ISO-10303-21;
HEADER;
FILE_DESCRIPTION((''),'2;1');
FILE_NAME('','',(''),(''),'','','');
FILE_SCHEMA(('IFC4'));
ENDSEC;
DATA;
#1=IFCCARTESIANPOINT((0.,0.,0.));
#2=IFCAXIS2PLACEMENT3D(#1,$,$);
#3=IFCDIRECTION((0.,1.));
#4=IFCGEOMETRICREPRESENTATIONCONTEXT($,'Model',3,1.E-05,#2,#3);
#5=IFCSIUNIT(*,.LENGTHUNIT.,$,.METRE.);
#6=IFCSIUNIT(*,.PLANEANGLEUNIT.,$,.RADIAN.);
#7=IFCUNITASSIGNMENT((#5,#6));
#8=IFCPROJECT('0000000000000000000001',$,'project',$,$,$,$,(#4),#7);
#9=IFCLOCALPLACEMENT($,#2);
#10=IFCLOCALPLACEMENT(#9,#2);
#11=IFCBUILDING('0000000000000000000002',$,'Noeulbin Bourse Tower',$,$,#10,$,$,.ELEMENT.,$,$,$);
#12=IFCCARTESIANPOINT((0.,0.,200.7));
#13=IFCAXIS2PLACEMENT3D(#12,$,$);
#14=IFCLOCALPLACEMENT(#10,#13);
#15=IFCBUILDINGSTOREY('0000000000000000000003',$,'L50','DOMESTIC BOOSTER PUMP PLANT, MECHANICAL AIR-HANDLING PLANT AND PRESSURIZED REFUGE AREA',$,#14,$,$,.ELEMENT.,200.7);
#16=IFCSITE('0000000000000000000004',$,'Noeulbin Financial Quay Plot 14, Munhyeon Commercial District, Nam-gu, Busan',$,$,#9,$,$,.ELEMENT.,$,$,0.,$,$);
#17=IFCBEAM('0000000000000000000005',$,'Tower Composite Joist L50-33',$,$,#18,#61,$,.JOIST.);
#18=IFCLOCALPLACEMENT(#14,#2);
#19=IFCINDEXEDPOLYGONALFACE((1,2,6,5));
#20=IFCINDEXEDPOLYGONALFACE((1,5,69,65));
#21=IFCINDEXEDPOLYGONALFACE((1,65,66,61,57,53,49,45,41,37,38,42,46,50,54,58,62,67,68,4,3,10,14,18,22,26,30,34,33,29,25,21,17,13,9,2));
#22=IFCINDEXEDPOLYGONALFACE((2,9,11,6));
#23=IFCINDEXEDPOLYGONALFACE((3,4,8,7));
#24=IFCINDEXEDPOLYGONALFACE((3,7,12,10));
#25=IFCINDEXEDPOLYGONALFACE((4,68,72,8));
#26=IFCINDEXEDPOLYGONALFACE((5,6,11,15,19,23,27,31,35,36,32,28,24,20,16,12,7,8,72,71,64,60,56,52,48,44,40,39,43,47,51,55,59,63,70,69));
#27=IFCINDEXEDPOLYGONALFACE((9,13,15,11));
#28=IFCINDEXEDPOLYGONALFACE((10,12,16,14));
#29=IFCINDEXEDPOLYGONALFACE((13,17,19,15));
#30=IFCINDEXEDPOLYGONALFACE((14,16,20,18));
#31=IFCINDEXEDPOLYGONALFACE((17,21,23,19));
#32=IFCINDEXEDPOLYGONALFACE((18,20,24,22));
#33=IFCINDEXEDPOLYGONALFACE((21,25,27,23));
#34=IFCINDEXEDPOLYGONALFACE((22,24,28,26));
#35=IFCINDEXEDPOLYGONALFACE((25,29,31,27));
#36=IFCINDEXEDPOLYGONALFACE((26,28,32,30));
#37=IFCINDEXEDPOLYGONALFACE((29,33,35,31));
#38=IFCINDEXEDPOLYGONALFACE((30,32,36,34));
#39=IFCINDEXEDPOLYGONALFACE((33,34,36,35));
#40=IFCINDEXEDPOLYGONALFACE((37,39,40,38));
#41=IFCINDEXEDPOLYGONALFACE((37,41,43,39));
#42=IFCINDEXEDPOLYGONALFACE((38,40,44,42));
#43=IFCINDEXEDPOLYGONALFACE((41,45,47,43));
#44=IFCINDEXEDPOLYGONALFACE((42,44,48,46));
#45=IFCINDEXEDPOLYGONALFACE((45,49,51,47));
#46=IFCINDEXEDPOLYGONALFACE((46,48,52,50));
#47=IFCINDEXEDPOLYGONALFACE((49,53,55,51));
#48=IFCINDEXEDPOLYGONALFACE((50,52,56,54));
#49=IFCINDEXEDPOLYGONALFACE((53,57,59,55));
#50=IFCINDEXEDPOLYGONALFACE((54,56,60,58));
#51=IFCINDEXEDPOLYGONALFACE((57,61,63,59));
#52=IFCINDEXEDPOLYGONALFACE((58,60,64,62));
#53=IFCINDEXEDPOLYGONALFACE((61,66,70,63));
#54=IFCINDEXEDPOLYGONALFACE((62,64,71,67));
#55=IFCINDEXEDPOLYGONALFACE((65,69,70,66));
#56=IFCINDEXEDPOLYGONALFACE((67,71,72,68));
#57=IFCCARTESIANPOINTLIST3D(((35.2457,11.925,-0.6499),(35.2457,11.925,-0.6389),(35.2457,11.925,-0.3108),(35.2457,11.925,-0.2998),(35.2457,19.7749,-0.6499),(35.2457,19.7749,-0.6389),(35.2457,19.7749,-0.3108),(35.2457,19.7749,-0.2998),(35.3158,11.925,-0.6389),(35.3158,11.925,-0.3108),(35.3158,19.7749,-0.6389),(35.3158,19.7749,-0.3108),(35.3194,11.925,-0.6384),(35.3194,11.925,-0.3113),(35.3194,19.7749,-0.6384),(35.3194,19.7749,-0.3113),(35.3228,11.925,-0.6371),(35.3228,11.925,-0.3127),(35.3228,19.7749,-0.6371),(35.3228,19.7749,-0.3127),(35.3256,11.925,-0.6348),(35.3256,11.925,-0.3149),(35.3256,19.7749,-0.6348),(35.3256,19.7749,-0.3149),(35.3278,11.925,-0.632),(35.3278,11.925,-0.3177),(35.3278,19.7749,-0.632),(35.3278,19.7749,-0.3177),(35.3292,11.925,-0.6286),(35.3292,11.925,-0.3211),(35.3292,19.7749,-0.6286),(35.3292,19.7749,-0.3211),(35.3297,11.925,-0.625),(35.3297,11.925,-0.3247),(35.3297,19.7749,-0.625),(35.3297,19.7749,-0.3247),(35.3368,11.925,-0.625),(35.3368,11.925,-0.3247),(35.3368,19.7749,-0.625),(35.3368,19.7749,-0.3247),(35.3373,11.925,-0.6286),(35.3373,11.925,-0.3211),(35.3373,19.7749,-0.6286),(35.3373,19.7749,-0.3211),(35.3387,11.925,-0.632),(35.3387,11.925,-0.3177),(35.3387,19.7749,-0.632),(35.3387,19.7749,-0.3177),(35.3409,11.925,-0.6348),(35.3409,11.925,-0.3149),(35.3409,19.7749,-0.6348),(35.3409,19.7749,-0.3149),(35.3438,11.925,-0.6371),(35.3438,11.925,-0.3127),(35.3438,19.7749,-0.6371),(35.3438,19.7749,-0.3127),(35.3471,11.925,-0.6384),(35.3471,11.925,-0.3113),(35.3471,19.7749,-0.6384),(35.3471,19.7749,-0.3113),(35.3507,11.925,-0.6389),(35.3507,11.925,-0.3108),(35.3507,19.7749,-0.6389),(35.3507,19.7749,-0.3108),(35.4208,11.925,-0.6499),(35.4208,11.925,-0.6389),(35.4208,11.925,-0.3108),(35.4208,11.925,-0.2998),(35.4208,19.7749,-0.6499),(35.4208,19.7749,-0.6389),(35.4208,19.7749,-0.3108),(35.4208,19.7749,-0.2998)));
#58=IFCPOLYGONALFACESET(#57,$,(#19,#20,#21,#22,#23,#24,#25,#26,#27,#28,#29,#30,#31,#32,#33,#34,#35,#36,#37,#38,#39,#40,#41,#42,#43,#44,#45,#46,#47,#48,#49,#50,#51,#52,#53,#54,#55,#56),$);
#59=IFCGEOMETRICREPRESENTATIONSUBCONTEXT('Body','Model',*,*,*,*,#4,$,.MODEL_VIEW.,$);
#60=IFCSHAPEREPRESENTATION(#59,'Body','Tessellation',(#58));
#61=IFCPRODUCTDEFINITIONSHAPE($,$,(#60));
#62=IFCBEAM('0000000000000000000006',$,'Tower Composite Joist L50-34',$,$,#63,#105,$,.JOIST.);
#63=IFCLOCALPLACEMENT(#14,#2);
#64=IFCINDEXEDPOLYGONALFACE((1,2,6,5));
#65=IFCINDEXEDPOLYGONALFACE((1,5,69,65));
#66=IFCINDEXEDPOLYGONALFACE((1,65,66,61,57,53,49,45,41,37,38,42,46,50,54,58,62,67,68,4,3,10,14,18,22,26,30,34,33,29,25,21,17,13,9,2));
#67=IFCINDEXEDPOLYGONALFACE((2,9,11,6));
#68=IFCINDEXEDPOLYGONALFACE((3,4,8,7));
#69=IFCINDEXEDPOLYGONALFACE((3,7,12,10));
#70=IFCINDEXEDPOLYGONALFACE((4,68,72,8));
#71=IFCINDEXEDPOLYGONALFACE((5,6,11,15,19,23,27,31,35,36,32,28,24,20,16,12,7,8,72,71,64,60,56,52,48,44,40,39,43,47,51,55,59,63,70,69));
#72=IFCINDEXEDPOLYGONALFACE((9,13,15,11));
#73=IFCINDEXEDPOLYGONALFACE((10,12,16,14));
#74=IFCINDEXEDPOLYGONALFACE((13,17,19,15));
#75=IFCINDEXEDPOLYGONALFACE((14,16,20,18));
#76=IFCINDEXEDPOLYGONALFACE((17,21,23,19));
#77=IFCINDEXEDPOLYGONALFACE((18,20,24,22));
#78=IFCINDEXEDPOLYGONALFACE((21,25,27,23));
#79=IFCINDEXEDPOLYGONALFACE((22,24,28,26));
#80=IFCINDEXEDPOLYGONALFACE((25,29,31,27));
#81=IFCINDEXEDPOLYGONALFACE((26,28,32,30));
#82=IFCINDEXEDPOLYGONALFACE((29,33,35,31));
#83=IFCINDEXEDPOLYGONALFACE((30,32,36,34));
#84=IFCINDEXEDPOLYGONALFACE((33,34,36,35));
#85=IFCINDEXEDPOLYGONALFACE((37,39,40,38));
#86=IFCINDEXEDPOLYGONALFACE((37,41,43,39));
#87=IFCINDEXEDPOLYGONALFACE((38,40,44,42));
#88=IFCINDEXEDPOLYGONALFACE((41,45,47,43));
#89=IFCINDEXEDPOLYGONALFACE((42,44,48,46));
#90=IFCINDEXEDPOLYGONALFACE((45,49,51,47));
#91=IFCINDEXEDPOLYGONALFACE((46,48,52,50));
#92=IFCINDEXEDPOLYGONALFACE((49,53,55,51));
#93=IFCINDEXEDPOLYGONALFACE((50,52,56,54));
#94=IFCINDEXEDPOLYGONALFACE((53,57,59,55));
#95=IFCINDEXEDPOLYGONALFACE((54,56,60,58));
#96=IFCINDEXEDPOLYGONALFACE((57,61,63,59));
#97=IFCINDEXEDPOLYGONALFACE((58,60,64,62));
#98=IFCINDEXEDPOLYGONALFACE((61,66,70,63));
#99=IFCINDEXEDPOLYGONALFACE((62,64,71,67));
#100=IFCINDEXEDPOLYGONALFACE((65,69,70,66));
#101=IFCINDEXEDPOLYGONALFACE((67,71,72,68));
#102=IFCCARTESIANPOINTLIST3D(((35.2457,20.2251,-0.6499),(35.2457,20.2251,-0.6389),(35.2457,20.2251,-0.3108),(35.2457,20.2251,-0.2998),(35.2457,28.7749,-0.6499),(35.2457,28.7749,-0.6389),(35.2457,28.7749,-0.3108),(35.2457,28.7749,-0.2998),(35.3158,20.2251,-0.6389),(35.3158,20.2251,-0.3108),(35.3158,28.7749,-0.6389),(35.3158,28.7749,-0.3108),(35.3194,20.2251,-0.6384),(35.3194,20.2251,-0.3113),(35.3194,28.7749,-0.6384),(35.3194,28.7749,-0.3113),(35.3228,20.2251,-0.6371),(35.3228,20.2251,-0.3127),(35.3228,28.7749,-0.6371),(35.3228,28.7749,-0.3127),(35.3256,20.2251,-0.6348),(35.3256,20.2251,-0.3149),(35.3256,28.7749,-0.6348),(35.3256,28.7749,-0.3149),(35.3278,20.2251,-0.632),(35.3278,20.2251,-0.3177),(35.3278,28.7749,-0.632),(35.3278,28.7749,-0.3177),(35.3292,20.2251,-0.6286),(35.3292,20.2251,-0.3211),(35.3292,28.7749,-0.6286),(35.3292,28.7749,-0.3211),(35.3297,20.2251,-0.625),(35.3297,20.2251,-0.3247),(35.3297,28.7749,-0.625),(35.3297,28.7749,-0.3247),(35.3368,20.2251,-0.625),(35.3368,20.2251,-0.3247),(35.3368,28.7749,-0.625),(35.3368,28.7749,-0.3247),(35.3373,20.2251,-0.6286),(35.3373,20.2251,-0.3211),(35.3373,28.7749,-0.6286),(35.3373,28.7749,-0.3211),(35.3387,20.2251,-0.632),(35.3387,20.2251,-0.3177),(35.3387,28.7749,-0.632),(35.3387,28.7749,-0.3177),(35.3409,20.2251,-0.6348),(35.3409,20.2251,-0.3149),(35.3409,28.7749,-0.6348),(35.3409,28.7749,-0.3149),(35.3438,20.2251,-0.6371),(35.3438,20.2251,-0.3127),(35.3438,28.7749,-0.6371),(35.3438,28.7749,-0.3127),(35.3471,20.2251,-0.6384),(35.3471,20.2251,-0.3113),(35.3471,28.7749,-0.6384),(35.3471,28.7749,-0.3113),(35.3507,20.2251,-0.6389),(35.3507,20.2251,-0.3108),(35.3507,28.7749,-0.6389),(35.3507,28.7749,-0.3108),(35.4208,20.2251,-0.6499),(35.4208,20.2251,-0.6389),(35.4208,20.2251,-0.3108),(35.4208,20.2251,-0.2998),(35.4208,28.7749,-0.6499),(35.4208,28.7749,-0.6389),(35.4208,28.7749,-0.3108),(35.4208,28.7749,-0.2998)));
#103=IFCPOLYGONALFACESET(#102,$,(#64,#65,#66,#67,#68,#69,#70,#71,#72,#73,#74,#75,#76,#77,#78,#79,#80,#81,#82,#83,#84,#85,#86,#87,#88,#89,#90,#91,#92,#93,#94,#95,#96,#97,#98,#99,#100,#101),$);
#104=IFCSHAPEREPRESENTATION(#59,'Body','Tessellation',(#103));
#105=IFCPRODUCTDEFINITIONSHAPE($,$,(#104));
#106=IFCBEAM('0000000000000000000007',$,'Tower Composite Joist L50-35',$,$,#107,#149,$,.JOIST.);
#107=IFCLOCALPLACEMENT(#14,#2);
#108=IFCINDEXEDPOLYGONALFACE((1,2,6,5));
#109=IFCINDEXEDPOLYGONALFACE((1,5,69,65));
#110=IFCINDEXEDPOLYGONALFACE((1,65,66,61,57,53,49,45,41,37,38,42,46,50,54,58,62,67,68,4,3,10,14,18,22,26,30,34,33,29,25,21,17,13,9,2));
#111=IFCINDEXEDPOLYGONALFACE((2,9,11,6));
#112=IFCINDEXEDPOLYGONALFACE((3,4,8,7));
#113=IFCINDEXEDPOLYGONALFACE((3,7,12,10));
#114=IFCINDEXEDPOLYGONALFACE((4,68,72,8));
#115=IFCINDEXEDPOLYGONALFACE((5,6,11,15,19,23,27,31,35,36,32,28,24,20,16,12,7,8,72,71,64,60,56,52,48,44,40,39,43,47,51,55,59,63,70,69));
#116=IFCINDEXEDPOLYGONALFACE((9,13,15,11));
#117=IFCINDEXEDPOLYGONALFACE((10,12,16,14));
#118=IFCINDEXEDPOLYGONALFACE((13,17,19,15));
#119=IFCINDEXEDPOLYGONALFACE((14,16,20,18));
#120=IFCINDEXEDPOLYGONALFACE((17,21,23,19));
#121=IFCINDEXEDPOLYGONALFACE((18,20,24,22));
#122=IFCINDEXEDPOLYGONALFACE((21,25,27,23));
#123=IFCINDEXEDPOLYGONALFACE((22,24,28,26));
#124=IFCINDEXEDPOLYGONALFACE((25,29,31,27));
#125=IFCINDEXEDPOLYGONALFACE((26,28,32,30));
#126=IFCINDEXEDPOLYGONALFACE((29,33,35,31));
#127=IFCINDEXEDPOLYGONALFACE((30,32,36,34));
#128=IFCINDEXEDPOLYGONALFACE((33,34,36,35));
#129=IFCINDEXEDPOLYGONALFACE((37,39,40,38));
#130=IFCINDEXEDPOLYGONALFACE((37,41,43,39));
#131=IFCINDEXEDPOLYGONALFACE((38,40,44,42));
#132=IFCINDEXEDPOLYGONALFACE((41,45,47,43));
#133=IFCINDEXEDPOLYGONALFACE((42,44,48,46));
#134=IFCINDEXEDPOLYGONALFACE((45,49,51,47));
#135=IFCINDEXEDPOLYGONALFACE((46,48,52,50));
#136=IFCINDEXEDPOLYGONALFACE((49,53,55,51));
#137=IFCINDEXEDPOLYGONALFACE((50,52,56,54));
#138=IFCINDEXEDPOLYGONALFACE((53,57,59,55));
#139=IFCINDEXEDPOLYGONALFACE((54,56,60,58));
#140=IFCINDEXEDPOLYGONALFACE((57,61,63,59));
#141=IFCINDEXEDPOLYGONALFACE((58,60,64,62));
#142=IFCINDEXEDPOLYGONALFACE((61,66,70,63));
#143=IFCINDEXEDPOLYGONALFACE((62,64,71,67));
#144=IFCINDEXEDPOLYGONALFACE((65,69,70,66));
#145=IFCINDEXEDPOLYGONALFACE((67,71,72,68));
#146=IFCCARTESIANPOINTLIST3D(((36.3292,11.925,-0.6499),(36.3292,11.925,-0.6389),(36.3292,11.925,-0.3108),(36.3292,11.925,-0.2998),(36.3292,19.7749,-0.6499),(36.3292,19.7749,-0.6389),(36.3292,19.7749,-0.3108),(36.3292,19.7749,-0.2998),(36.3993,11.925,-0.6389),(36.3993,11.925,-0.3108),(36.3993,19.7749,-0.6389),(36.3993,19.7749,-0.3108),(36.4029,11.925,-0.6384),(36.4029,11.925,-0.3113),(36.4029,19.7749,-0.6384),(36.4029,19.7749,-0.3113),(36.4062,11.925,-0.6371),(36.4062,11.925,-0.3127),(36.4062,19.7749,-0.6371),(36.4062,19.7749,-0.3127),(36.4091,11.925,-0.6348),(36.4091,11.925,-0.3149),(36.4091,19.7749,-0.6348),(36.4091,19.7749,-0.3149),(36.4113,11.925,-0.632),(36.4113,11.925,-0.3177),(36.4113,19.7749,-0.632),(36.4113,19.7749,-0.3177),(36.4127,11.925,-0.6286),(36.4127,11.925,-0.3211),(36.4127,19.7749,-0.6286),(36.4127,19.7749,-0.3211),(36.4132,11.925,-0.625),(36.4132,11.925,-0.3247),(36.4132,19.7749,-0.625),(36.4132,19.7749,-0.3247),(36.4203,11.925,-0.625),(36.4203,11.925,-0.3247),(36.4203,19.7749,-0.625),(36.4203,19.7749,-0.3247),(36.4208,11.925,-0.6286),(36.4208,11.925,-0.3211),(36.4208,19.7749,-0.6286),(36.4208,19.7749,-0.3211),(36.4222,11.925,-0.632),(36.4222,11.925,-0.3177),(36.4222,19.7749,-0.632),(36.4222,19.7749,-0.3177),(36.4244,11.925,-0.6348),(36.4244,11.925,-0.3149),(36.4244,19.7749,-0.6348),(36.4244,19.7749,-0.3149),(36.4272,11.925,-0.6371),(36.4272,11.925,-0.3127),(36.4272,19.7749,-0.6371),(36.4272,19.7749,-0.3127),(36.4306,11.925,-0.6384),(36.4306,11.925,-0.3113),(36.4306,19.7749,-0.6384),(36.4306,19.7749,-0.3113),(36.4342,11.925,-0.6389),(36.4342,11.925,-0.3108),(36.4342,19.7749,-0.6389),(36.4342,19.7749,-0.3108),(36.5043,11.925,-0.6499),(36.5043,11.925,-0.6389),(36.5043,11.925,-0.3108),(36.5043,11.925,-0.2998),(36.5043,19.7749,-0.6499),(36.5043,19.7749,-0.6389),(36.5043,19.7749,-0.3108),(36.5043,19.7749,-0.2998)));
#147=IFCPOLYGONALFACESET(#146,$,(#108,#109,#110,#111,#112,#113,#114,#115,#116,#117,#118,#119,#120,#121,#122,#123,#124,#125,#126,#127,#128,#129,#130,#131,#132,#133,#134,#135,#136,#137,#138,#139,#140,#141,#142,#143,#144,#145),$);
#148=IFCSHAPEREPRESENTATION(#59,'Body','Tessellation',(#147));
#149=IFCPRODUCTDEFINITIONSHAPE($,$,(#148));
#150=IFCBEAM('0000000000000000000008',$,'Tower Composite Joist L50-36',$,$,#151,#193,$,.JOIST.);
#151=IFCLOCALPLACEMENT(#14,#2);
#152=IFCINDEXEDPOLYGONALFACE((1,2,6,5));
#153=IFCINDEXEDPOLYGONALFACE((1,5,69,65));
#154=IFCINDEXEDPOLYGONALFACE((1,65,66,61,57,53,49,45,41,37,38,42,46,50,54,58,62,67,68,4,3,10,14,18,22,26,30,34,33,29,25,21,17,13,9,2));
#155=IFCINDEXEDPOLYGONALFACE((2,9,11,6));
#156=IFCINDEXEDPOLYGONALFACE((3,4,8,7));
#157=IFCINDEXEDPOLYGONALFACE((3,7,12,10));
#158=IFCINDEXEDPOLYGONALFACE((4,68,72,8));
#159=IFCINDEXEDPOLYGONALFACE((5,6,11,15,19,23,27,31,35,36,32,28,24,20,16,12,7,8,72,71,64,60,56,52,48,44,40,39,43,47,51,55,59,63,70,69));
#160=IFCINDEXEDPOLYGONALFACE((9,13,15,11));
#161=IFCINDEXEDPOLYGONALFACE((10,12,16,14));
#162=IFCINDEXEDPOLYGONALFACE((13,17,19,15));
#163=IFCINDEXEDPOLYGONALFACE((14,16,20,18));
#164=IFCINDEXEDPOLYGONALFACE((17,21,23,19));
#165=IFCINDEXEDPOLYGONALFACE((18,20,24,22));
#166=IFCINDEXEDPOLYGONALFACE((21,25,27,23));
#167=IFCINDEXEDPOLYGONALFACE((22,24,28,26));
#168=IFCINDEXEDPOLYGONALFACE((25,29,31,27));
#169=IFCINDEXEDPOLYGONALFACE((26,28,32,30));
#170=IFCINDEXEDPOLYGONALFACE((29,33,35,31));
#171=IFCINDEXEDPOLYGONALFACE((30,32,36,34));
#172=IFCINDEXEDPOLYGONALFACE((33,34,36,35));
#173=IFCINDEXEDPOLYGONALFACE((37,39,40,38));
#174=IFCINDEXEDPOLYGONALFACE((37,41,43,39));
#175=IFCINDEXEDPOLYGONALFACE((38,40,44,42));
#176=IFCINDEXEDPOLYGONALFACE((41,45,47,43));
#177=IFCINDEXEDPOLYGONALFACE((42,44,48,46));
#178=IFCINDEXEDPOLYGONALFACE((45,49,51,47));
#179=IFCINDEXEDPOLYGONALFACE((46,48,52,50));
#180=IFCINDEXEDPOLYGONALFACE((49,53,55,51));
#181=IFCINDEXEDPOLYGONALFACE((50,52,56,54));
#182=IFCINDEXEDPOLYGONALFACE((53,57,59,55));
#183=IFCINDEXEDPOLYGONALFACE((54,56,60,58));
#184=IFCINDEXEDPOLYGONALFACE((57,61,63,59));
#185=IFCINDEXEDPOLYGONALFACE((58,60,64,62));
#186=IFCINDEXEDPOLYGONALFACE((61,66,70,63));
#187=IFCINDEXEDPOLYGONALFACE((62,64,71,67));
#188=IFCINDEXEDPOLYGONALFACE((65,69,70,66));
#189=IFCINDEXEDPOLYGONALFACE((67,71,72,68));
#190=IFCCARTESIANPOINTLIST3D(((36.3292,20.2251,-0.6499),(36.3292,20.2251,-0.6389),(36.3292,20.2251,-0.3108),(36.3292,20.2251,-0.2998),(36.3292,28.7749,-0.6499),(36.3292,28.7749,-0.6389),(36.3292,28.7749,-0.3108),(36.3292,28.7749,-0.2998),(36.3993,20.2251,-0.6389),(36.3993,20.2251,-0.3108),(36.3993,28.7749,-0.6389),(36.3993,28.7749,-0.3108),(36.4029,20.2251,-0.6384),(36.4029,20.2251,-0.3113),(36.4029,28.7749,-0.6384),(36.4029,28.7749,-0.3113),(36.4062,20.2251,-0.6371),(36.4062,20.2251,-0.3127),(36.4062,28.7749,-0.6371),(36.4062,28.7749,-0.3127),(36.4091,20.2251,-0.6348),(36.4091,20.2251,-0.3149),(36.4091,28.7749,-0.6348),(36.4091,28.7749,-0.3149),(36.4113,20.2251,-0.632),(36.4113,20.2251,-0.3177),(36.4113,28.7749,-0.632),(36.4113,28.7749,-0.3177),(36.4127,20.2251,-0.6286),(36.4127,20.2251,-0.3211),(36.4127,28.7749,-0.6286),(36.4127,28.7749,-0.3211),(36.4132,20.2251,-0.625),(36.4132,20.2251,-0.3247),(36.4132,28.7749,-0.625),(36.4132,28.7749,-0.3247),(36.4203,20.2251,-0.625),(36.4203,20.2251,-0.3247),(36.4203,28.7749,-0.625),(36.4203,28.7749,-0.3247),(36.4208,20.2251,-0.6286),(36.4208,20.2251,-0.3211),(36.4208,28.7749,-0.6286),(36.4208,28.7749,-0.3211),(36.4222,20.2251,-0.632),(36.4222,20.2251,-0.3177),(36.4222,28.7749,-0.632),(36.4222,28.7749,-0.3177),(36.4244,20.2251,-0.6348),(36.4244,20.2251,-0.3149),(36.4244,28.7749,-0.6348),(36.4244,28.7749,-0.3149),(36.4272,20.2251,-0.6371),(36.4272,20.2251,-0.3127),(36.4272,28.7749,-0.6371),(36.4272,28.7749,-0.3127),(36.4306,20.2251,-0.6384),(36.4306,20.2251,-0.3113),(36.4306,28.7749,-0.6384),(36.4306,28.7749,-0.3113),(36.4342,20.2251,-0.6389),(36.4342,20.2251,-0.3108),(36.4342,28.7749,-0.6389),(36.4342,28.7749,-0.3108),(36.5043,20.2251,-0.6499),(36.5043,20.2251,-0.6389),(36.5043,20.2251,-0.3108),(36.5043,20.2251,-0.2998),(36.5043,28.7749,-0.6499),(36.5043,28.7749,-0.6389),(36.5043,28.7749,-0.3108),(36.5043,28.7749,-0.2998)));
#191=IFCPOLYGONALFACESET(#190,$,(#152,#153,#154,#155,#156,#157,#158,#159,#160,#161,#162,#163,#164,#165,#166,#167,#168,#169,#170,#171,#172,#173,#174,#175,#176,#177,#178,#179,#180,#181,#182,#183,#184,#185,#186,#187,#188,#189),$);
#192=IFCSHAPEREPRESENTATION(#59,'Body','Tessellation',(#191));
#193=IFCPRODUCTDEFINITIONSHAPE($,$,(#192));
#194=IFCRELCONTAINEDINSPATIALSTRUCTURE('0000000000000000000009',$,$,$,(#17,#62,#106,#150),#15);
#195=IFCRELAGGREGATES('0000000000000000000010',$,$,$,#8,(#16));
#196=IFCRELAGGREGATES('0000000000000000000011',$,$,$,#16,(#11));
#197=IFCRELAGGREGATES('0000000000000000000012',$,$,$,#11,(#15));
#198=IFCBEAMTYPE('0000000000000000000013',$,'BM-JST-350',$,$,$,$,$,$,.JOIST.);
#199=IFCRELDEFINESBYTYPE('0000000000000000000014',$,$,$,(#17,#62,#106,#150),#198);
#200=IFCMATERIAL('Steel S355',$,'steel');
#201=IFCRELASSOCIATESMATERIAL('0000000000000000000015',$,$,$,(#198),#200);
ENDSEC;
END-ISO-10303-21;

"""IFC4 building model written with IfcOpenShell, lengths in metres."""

from ifc_helpers import new_model, si_unit, direction, frame, origin, origin_2d, place, context, subcontext, project, spatial, i_section, extrude, material, material_profile, profile_set, type_object, element, save


model = new_model("IFC4")

# Units and contexts
model_context = context("Model", 3, precision=1e-05, world=origin(), true_north=direction((0.0, 1.0)))
body_context = subcontext(model_context, "Body", "Model", "MODEL_VIEW")
ifc_project = project(units=[si_unit("LENGTHUNIT", "METRE"), si_unit("PLANEANGLEUNIT", "RADIAN")], contexts=[model_context])

# Site, building, storey
site_placement = place(None, origin())
site = spatial("IfcSite", under=ifc_project, at=site_placement, Name="Noeulbin Financial Quay Plot 14, Munhyeon Commercial District, Nam-gu, Busan", CompositionType="ELEMENT", RefElevation=0.0)
building_placement = place(site_placement, origin())
building = spatial("IfcBuilding", under=site, at=building_placement, Name="Noeulbin Bourse Tower", CompositionType="ELEMENT")
storey_placement = place(building_placement, frame((0.0, 0.0, 200.7)))
storey = spatial("IfcBuildingStorey", under=building, at=storey_placement, Name="L50", Description="DOMESTIC BOOSTER PUMP PLANT, MECHANICAL AIR-HANDLING PLANT AND PRESSURIZED REFUGE AREA", CompositionType="ELEMENT", Elevation=200.7)

# Beams
ifc_material_1 = material(Name="Steel S355", Category="steel")
ifc_material_profile_1 = material_profile(ifc_material_1, i_section(OverallWidth=0.175, OverallDepth=0.3501, WebThickness=0.0071, FlangeThickness=0.011, FilletRadius=0.0139, at=origin_2d()), Name="H-350x175x7x11", Category="LoadBearing")
ifc_profile_set_1 = profile_set([ifc_material_profile_1], Name="Steel S355")
beam_type_1 = type_object("IfcBeamType", Name="BM-JST-350", PredefinedType="JOIST", material=ifc_profile_set_1)
beam_1_placement = place(storey_placement, frame((35.3333, 11.925, -0.4749), z_axis=(0.0, 1.0, 0.0), x_axis=(-1.0, 0.0, 0.0)))
element("IfcBeam", 1, at=beam_1_placement, inside=storey, type_object=beam_type_1, Name="Tower Composite Joist L50-33", PredefinedType="JOIST", context=body_context, shape_type="SweptSolid", body=[
    extrude(i_section(OverallWidth=0.175, OverallDepth=0.3501, WebThickness=0.0071, FlangeThickness=0.011, FilletRadius=0.0139, at=origin_2d()), origin(), (0.0, 0.0, 1.0), 7.8499),
])
beam_2_placement = place(storey_placement, frame((35.3333, 20.2251, -0.4749), z_axis=(0.0, 1.0, 0.0), x_axis=(-1.0, 0.0, 0.0)))
element("IfcBeam", 2, at=beam_2_placement, inside=storey, type_object=beam_type_1, Name="Tower Composite Joist L50-34", PredefinedType="JOIST", context=body_context, shape_type="SweptSolid", body=[
    extrude(i_section(OverallWidth=0.175, OverallDepth=0.3501, WebThickness=0.0071, FlangeThickness=0.011, FilletRadius=0.0139, at=origin_2d()), origin(), (0.0, 0.0, 1.0), 8.5498),
])
beam_3_placement = place(storey_placement, frame((36.4167, 11.925, -0.4749), z_axis=(0.0, 1.0, 0.0), x_axis=(-1.0, 0.0, 0.0)))
element("IfcBeam", 3, at=beam_3_placement, inside=storey, type_object=beam_type_1, Name="Tower Composite Joist L50-35", PredefinedType="JOIST", context=body_context, shape_type="SweptSolid", body=[
    extrude(i_section(OverallWidth=0.175, OverallDepth=0.3501, WebThickness=0.0071, FlangeThickness=0.011, FilletRadius=0.0139, at=origin_2d()), origin(), (0.0, 0.0, 1.0), 7.8499),
])
beam_4_placement = place(storey_placement, frame((36.4167, 20.2251, -0.4749), z_axis=(0.0, 1.0, 0.0), x_axis=(-1.0, 0.0, 0.0)))
element("IfcBeam", 4, at=beam_4_placement, inside=storey, type_object=beam_type_1, Name="Tower Composite Joist L50-36", PredefinedType="JOIST", context=body_context, shape_type="SweptSolid", body=[
    extrude(i_section(OverallWidth=0.175, OverallDepth=0.3501, WebThickness=0.0071, FlangeThickness=0.011, FilletRadius=0.0139, at=origin_2d()), origin(), (0.0, 0.0, 1.0), 8.5498),
])

save(model, "model.ifc")
